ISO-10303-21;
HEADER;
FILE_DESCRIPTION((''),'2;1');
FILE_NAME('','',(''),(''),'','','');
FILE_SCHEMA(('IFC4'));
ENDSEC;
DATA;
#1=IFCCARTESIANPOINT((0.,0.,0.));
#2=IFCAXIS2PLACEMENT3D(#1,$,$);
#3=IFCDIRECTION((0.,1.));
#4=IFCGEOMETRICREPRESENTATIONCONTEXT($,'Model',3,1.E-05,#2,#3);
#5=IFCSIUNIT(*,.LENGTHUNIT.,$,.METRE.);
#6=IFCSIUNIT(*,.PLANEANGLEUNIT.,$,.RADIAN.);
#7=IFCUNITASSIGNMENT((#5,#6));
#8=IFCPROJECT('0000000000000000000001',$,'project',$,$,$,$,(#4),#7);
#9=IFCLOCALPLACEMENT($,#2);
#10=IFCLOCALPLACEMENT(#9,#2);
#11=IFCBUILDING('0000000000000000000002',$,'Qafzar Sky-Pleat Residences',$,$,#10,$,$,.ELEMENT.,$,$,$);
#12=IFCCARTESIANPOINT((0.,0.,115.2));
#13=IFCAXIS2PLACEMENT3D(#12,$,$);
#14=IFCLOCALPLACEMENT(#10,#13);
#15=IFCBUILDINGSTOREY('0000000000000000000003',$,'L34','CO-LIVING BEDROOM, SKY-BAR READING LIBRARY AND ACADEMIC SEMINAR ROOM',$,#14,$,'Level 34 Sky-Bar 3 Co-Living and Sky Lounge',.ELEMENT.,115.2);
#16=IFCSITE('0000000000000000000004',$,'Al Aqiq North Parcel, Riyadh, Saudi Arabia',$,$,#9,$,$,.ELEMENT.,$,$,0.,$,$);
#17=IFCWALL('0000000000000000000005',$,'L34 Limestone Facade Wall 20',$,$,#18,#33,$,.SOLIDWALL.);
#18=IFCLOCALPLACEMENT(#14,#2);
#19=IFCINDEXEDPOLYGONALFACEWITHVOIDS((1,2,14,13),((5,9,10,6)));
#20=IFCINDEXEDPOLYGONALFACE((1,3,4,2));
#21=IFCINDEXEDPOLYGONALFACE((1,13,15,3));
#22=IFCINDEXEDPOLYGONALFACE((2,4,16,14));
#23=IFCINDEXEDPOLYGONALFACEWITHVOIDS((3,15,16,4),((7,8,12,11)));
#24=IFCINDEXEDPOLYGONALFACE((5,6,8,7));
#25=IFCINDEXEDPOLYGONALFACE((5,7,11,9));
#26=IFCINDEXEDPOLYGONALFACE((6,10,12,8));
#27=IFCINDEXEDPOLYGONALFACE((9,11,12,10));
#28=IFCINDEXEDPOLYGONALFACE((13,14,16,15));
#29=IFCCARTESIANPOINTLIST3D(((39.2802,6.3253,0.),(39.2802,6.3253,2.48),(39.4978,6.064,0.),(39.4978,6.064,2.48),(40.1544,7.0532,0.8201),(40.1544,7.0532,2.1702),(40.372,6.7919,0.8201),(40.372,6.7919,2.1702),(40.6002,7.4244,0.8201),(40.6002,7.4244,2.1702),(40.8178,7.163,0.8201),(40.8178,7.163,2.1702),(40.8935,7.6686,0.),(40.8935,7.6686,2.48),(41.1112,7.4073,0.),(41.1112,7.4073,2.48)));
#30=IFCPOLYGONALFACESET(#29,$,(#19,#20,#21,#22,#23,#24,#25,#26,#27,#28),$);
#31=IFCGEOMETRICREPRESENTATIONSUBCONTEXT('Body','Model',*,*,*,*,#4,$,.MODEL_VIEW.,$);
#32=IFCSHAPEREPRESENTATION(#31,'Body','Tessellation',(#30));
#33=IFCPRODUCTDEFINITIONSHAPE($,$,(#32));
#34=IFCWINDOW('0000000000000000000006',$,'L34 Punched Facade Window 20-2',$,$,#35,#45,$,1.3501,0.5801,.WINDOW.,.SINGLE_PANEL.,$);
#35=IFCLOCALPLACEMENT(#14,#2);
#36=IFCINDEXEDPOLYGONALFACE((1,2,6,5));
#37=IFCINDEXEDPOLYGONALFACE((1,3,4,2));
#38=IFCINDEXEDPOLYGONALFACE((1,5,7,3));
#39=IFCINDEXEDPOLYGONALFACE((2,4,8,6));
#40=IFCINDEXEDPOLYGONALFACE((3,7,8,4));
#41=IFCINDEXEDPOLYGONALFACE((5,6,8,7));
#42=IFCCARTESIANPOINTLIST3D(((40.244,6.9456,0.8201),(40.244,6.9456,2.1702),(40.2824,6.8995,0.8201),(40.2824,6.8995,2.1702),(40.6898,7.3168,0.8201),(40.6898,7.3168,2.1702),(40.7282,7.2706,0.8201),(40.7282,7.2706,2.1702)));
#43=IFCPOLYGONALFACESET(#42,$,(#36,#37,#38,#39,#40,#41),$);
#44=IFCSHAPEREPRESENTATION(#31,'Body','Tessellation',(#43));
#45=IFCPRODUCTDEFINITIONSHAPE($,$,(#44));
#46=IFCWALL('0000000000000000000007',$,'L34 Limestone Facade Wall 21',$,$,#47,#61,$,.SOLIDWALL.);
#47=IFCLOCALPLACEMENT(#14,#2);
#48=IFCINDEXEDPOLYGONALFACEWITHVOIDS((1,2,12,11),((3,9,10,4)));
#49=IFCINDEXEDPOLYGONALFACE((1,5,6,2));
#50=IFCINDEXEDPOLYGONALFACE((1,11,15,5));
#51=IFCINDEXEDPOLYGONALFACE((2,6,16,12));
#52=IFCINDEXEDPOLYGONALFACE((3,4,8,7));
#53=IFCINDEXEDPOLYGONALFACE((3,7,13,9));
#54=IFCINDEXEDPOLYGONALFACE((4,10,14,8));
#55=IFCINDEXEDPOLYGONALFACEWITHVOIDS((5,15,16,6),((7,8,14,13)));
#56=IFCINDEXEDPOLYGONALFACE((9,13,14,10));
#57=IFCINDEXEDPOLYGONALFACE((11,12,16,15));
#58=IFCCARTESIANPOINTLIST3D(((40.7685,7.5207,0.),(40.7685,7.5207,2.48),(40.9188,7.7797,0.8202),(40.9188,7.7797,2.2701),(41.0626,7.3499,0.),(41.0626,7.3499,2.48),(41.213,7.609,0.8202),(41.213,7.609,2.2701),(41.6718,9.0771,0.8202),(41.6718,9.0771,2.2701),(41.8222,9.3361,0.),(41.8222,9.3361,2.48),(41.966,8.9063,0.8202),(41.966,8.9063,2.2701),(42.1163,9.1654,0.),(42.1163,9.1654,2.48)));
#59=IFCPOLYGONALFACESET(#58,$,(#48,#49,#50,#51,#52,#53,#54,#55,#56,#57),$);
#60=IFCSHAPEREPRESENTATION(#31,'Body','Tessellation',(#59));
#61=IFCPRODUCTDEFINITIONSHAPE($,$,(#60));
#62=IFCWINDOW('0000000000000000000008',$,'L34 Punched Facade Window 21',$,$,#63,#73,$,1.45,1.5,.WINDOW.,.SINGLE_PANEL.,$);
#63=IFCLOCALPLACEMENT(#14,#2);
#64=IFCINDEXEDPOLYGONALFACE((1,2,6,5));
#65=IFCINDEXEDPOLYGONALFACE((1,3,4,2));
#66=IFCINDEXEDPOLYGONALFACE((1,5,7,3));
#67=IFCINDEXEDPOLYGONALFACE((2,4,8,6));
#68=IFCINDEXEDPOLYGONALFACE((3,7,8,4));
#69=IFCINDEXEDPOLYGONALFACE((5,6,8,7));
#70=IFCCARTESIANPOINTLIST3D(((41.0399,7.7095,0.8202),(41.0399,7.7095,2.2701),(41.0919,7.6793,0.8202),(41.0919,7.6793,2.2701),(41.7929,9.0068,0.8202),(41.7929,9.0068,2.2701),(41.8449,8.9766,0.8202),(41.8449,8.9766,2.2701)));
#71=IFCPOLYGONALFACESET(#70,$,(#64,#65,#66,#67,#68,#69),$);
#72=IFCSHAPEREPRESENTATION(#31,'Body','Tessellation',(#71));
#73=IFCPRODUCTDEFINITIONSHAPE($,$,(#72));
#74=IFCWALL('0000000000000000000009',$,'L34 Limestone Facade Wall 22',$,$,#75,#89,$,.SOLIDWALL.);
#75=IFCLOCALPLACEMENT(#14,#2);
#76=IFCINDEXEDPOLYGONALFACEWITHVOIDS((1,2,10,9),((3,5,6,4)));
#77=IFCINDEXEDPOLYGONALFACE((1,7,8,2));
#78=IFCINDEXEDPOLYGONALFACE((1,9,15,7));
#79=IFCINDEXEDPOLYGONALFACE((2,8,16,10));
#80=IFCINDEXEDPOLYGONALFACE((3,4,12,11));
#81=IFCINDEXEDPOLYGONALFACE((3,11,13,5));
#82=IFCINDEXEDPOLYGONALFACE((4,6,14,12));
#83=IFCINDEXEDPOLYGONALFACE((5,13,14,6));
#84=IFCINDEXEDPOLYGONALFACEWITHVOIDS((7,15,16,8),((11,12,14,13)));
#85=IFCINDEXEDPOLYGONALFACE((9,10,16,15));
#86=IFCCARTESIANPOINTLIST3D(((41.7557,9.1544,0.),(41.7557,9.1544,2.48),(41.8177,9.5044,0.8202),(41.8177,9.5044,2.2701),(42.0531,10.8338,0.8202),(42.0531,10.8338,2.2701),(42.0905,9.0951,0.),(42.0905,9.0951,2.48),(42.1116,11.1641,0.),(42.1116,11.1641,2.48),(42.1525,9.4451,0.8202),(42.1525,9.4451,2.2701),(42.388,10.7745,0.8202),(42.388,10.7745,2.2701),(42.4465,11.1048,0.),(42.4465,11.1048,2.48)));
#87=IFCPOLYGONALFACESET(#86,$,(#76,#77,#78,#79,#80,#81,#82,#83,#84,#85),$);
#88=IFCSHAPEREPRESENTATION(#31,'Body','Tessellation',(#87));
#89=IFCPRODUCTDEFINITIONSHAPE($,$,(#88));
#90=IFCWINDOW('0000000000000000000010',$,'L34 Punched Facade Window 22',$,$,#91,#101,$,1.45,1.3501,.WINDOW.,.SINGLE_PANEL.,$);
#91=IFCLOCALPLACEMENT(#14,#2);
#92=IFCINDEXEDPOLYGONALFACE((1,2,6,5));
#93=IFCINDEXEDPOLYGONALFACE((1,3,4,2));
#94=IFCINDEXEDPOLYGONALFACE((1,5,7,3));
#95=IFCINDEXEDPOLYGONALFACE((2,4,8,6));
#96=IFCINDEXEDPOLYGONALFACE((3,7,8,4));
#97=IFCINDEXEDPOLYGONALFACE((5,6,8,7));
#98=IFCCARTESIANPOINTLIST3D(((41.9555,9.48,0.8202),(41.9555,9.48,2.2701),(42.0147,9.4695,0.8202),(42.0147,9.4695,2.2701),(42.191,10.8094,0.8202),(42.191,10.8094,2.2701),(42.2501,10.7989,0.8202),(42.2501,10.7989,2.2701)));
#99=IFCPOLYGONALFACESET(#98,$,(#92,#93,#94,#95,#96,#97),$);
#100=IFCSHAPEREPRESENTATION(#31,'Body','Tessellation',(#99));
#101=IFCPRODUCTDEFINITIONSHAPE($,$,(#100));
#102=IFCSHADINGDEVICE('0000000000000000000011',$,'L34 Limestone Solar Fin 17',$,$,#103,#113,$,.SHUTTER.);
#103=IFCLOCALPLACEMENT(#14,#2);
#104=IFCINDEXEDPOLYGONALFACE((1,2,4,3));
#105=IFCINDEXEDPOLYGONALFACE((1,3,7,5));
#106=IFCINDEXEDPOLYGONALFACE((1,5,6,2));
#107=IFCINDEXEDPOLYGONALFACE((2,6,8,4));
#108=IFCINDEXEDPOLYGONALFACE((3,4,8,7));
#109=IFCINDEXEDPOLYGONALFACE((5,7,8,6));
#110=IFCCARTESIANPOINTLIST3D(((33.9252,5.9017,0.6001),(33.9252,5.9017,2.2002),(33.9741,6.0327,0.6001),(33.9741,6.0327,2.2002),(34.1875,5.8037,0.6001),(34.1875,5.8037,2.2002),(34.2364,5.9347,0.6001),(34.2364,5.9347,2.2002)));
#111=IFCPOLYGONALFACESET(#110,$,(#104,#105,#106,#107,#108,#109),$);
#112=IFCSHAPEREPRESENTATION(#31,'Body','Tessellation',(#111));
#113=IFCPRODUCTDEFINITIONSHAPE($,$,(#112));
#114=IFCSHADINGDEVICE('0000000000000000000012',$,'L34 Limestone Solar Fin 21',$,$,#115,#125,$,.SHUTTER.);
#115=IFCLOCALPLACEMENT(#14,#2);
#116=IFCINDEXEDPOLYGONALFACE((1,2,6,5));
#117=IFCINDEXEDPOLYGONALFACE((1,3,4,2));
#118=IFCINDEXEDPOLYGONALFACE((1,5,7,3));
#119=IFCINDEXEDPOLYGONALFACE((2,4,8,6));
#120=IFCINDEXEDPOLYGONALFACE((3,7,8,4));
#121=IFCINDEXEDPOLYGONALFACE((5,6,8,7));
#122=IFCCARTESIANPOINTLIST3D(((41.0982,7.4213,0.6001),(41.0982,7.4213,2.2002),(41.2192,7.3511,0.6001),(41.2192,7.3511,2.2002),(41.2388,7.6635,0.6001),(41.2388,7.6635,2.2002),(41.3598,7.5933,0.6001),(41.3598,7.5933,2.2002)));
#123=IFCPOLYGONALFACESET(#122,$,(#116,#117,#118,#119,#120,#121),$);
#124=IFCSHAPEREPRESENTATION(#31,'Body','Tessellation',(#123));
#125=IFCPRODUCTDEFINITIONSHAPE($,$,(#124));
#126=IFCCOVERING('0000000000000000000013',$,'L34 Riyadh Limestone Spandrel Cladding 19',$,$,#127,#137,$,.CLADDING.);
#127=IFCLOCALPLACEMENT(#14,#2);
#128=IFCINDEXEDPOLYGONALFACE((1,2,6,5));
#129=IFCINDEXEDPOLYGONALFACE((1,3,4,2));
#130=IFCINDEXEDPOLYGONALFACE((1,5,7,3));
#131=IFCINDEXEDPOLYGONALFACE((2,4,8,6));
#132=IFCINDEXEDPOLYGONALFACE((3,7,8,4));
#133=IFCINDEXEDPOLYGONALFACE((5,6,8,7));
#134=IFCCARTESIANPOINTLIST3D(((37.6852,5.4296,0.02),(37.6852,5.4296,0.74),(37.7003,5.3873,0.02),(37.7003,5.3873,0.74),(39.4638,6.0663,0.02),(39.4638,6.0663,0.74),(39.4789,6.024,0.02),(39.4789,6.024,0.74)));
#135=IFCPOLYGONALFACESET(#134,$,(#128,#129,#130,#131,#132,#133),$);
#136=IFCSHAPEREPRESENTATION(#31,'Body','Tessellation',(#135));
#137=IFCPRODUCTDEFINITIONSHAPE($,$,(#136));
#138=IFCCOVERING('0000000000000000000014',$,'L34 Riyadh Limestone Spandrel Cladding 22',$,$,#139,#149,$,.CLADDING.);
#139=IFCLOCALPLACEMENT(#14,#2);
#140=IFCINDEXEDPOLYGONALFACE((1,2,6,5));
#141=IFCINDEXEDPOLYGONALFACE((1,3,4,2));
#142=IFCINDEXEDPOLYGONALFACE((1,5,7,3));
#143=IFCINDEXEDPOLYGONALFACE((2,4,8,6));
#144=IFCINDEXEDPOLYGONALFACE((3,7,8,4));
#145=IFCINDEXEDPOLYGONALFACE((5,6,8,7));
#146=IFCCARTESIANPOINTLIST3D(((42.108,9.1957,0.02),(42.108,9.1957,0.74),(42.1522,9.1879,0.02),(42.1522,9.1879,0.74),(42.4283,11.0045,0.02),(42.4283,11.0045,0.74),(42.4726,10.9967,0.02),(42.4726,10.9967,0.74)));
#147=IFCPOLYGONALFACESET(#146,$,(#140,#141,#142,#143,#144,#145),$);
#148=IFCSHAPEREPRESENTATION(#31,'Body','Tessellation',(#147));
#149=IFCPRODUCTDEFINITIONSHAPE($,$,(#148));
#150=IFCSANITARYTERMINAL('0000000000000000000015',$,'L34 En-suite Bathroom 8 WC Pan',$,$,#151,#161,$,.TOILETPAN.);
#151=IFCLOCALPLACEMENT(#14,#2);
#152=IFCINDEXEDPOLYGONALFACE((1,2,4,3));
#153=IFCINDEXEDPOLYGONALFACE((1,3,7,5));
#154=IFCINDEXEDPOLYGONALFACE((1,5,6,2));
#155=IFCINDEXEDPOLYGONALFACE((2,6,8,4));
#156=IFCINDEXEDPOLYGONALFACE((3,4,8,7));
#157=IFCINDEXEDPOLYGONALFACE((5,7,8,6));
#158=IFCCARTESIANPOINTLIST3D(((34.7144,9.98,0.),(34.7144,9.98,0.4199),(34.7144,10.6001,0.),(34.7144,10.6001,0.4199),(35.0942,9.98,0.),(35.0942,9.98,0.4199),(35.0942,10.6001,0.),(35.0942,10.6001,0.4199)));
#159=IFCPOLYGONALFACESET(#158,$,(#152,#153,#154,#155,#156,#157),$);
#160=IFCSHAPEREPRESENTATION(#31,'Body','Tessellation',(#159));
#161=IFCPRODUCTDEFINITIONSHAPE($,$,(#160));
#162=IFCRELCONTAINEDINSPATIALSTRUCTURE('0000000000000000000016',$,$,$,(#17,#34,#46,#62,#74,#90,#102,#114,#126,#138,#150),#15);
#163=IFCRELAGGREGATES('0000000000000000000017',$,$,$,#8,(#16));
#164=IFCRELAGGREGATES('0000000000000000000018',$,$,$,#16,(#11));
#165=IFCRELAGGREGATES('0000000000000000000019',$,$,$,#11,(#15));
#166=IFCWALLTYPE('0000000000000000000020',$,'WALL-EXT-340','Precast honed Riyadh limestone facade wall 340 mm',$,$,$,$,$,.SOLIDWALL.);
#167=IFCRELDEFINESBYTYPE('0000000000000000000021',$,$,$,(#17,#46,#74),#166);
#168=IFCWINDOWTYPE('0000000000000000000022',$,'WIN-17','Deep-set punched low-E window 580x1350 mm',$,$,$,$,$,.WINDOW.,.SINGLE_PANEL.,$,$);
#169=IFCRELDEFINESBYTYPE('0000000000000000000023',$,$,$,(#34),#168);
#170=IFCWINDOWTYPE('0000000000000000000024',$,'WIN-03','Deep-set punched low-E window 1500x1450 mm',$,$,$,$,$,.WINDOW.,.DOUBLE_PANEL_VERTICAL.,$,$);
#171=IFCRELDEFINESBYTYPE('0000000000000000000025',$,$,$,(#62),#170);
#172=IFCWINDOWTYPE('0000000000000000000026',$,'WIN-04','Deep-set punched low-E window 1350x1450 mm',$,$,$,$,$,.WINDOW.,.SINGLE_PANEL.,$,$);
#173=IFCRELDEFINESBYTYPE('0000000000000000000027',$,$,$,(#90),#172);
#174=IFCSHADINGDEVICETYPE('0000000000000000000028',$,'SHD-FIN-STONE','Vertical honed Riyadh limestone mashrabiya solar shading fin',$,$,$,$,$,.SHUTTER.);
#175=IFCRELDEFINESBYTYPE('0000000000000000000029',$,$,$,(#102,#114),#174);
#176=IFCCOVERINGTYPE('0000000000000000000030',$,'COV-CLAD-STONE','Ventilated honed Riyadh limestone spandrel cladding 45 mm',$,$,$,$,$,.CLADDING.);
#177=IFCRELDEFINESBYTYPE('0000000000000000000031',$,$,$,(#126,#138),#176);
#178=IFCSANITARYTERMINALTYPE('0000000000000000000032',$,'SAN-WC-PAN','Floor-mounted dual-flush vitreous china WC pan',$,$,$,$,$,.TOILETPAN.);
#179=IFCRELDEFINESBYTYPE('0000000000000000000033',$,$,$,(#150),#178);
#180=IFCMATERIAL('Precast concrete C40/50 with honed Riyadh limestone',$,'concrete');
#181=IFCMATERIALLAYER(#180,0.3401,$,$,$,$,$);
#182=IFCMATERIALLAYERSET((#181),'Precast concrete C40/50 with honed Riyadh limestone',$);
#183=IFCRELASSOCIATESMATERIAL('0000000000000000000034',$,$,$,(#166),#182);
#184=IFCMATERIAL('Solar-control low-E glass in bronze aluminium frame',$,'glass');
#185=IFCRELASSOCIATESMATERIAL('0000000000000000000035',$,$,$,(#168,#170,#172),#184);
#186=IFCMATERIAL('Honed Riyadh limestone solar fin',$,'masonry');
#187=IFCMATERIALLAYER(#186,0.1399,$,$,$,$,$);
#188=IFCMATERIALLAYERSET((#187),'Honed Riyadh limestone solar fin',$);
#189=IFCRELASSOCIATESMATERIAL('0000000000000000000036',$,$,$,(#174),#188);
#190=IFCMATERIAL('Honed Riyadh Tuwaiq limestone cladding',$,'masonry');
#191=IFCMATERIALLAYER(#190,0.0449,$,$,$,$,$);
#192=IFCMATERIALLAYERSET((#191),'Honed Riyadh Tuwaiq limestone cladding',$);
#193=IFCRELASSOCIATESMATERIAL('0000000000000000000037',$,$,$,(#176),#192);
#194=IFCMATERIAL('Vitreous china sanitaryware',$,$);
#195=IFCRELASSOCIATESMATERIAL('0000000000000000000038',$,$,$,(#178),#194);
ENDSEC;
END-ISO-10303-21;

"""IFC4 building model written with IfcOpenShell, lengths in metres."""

from ifc_helpers import new_model, si_unit, direction, frame, frame_2d, origin, origin_2d, place, context, subcontext, project, spatial, rectangle, extrude, source, transform, mapped, material, layer, layer_set, type_object, element, fill, save


model = new_model("IFC4")

# Units and contexts
model_context = context("Model", 3, precision=1e-05, world=origin(), true_north=direction((0.0, 1.0)))
body_context = subcontext(model_context, "Body", "Model", "MODEL_VIEW")
ifc_project = project(units=[si_unit("LENGTHUNIT", "METRE"), si_unit("PLANEANGLEUNIT", "RADIAN")], contexts=[model_context])

# Site, building, storey
site_placement = place(None, origin())
site = spatial("IfcSite", under=ifc_project, at=site_placement, Name="Al Aqiq North Parcel, Riyadh, Saudi Arabia", CompositionType="ELEMENT", RefElevation=0.0)
building_placement = place(site_placement, origin())
building = spatial("IfcBuilding", under=site, at=building_placement, Name="Qafzar Sky-Pleat Residences", CompositionType="ELEMENT")
storey_placement = place(building_placement, frame((0.0, 0.0, 115.2)))
storey = spatial("IfcBuildingStorey", under=building, at=storey_placement, Name="L34", Description="CO-LIVING BEDROOM, SKY-BAR READING LIBRARY AND ACADEMIC SEMINAR ROOM", LongName="Level 34 Sky-Bar 3 Co-Living and Sky Lounge", CompositionType="ELEMENT", Elevation=115.2)

# Walls, openings, windows
ifc_material_1 = material(Name="Precast concrete C40/50 with honed Riyadh limestone", Category="concrete")
ifc_layer_1 = layer(ifc_material_1, 0.3401)
ifc_layer_set_1 = layer_set([ifc_layer_1], Name="Precast concrete C40/50 with honed Riyadh limestone")
wall_type_1 = type_object("IfcWallType", Name="WALL-EXT-340", Description="Precast honed Riyadh limestone facade wall 340 mm", PredefinedType="SOLIDWALL", material=ifc_layer_set_1)
ifc_material_2 = material(Name="Solar-control low-E glass in bronze aluminium frame", Category="glass")
wall_1_placement = place(storey_placement, frame((39.3889, 6.1946, 0.0), z_axis=(0.0, 0.0, 1.0), x_axis=(0.768488, 0.639864, 0.0)))
wall_1 = element("IfcWall", 1, at=wall_1_placement, inside=storey, type_object=wall_type_1, Name="L34 Limestone Facade Wall 20", PredefinedType="SOLIDWALL", context=body_context, shape_type="SweptSolid", body=[
    extrude(rectangle(XDim=2.0994, YDim=0.3401, at=frame_2d((1.0498, 0.0))), origin(), (0.0, 0.0, 1.0), 2.48),
])
opening_1_placement = place(wall_1_placement, frame((1.1377, 0.0, 0.8201)))
opening_1 = element("IfcOpeningElement", 2, at=opening_1_placement, cuts=wall_1, PredefinedType="OPENING", context=body_context, shape_type="SweptSolid", body=[
    extrude(rectangle(XDim=0.5801, YDim=1.3501, at=frame_2d((0.29, 0.675))), frame((0.0, 0.1802, 0.0), z_axis=(0.0, -1.0, 0.0), x_axis=(1.0, 0.0, 0.0)), (0.0, 0.0, 1.0), 0.3601),
])
window_type_1 = type_object("IfcWindowType", Name="WIN-17", Description="Deep-set punched low-E window 580x1350 mm", PartitioningType="SINGLE_PANEL", PredefinedType="WINDOW", material=ifc_material_2)
shared_shape_1 = source(origin(), body_context, "Body", "SweptSolid", [
    extrude(rectangle(XDim=0.5801, YDim=1.3501, at=frame_2d((0.29, 0.675))), frame((0.0, 0.03, 0.0), z_axis=(0.0, -1.0, 0.0), x_axis=(1.0, 0.0, 0.0)), (0.0, 0.0, 1.0), 0.0601),
])
window_1_placement = place(opening_1_placement, origin())
window_1 = element("IfcWindow", 3, at=window_1_placement, inside=storey, type_object=window_type_1, Name="L34 Punched Facade Window 20-2", OverallHeight=1.3501, OverallWidth=0.5801, PartitioningType="SINGLE_PANEL", PredefinedType="WINDOW", context=body_context, shape_type="MappedRepresentation", body=[
    mapped(shared_shape_1, transform((0.0, 0.0, 0.0), x_axis=(1.0, 0.0, 0.0), y_axis=(0.0, 1.0, 0.0), z_axis=(0.0, 0.0, 1.0), scale=1.0)),
])
fill(opening_1, window_1)
wall_2_placement = place(storey_placement, frame((40.9155, 7.4353, 0.0), z_axis=(0.0, 0.0, 1.0), x_axis=(0.50199, 0.864874, 0.0)))
wall_2 = element("IfcWall", 4, at=wall_2_placement, inside=storey, type_object=wall_type_1, Name="L34 Limestone Facade Wall 21", PredefinedType="SOLIDWALL", context=body_context, shape_type="SweptSolid", body=[
    extrude(rectangle(XDim=2.0991, YDim=0.3401, at=frame_2d((1.0496, 0.0))), origin(), (0.0, 0.0, 1.0), 2.48),
])
opening_2_placement = place(wall_2_placement, frame((0.2996, 0.0, 0.8201)))
opening_2 = element("IfcOpeningElement", 5, at=opening_2_placement, cuts=wall_2, PredefinedType="OPENING", context=body_context, shape_type="SweptSolid", body=[
    extrude(rectangle(XDim=1.5, YDim=1.45, at=frame_2d((0.75, 0.7251))), frame((0.0, 0.1802, 0.0), z_axis=(0.0, -1.0, 0.0), x_axis=(1.0, 0.0, 0.0)), (0.0, 0.0, 1.0), 0.3601),
])
window_type_2 = type_object("IfcWindowType", Name="WIN-03", Description="Deep-set punched low-E window 1500x1450 mm", PartitioningType="DOUBLE_PANEL_VERTICAL", PredefinedType="WINDOW", material=ifc_material_2)
shared_shape_2 = source(origin(), body_context, "Body", "SweptSolid", [
    extrude(rectangle(XDim=1.5, YDim=1.45, at=frame_2d((0.75, 0.7251))), frame((0.0, 0.03, 0.0), z_axis=(0.0, -1.0, 0.0), x_axis=(1.0, 0.0, 0.0)), (0.0, 0.0, 1.0), 0.0601),
])
window_2_placement = place(opening_2_placement, origin())
window_2 = element("IfcWindow", 6, at=window_2_placement, inside=storey, type_object=window_type_2, Name="L34 Punched Facade Window 21", OverallHeight=1.45, OverallWidth=1.5, PartitioningType="SINGLE_PANEL", PredefinedType="WINDOW", context=body_context, shape_type="MappedRepresentation", body=[
    mapped(shared_shape_2, transform((0.0, 0.0, 0.0), x_axis=(1.0, 0.0, 0.0), y_axis=(0.0, 1.0, 0.0), z_axis=(0.0, 0.0, 1.0), scale=1.0)),
])
fill(opening_2, window_2)
wall_3_placement = place(storey_placement, frame((41.9231, 9.1248, 0.0), z_axis=(0.0, 0.0, 1.0), x_axis=(0.174399, 0.984675, 0.0)))
wall_3 = element("IfcWall", 7, at=wall_3_placement, inside=storey, type_object=wall_type_1, Name="L34 Limestone Facade Wall 22", PredefinedType="SOLIDWALL", context=body_context, shape_type="SweptSolid", body=[
    extrude(rectangle(XDim=2.041, YDim=0.3401, at=frame_2d((1.0205, 0.0))), origin(), (0.0, 0.0, 1.0), 2.48),
])
opening_3_placement = place(wall_3_placement, frame((0.3555, 0.0, 0.8201)))
opening_3 = element("IfcOpeningElement", 8, at=opening_3_placement, cuts=wall_3, PredefinedType="OPENING", context=body_context, shape_type="SweptSolid", body=[
    extrude(rectangle(XDim=1.3501, YDim=1.45, at=frame_2d((0.675, 0.7251))), frame((0.0, 0.1802, 0.0), z_axis=(0.0, -1.0, 0.0), x_axis=(1.0, 0.0, 0.0)), (0.0, 0.0, 1.0), 0.3601),
])
window_type_3 = type_object("IfcWindowType", Name="WIN-04", Description="Deep-set punched low-E window 1350x1450 mm", PartitioningType="SINGLE_PANEL", PredefinedType="WINDOW", material=ifc_material_2)
shared_shape_3 = source(origin(), body_context, "Body", "SweptSolid", [
    extrude(rectangle(XDim=1.3501, YDim=1.45, at=frame_2d((0.675, 0.7251))), frame((0.0, 0.03, 0.0), z_axis=(0.0, -1.0, 0.0), x_axis=(1.0, 0.0, 0.0)), (0.0, 0.0, 1.0), 0.0601),
])
window_3_placement = place(opening_3_placement, origin())
window_3 = element("IfcWindow", 9, at=window_3_placement, inside=storey, type_object=window_type_3, Name="L34 Punched Facade Window 22", OverallHeight=1.45, OverallWidth=1.3501, PartitioningType="SINGLE_PANEL", PredefinedType="WINDOW", context=body_context, shape_type="MappedRepresentation", body=[
    mapped(shared_shape_3, transform((0.0, 0.0, 0.0), x_axis=(1.0, 0.0, 0.0), y_axis=(0.0, 1.0, 0.0), z_axis=(0.0, 0.0, 1.0), scale=1.0)),
])
fill(opening_3, window_3)

# Shading devices
ifc_material_3 = material(Name="Honed Riyadh limestone solar fin", Category="masonry")
ifc_layer_2 = layer(ifc_material_3, 0.1399)
ifc_layer_set_2 = layer_set([ifc_layer_2], Name="Honed Riyadh limestone solar fin")
shading_device_type = type_object("IfcShadingDeviceType", Name="SHD-FIN-STONE", Description="Vertical honed Riyadh limestone mashrabiya solar shading fin", PredefinedType="SHUTTER", material=ifc_layer_set_2)
shared_shape_4 = source(origin(), body_context, "Body", "SweptSolid", [
    extrude(rectangle(XDim=0.1399, YDim=0.28, at=origin_2d()), origin(), (0.0, 0.0, 1.0), 1.6001),
])
for number, where, z_axis, x_axis, name in (
    (10, (34.0808, 5.9182, 0.6001), (0.0, 0.0, 1.0), (-0.349883, -0.936794, 0.0), "L34 Limestone Solar Fin 17"),
    (11, (41.229, 7.5073, 0.6001), (0.0, 0.0, 1.0), (0.864874, -0.501989, 0.0), "L34 Limestone Solar Fin 21"),
):
    element("IfcShadingDevice", number, at=place(storey_placement, frame(where, z_axis=z_axis, x_axis=x_axis)), inside=storey, type_object=shading_device_type, Name=name, PredefinedType="SHUTTER", context=body_context, shape_type="MappedRepresentation", body=[
        mapped(shared_shape_4, transform((0.0, 0.0, 0.0), x_axis=(1.0, 0.0, 0.0), y_axis=(0.0, 1.0, 0.0), z_axis=(0.0, 0.0, 1.0), scale=1.0)),
    ])

# Coverings
ifc_material_4 = material(Name="Honed Riyadh Tuwaiq limestone cladding", Category="masonry")
ifc_layer_3 = layer(ifc_material_4, 0.0449)
ifc_layer_set_3 = layer_set([ifc_layer_3], Name="Honed Riyadh Tuwaiq limestone cladding")
covering_type = type_object("IfcCoveringType", Name="COV-CLAD-STONE", Description="Ventilated honed Riyadh limestone spandrel cladding 45 mm", PredefinedType="CLADDING", material=ifc_layer_set_3)
shared_shape_5 = source(origin(), body_context, "Body", "SweptSolid", [
    extrude(rectangle(XDim=1.8892, YDim=0.0449, at=origin_2d()), origin(), (0.0, 0.0, 1.0), 0.72),
])
covering_1_placement = place(storey_placement, frame((38.582, 5.7268, 0.02), z_axis=(0.0, 0.0, 1.0), x_axis=(0.941483, 0.337061, 0.0)))
element("IfcCovering", 12, at=covering_1_placement, inside=storey, type_object=covering_type, Name="L34 Riyadh Limestone Spandrel Cladding 19", PredefinedType="CLADDING", context=body_context, shape_type="MappedRepresentation", body=[
    mapped(shared_shape_5, transform((0.0, 0.0, 0.0), x_axis=(1.0, 0.0, 0.0), y_axis=(0.0, 1.0, 0.0), z_axis=(0.0, 0.0, 1.0), scale=1.0)),
])
shared_shape_6 = source(origin(), body_context, "Body", "SweptSolid", [
    extrude(rectangle(XDim=1.8369, YDim=0.0449, at=origin_2d()), origin(), (0.0, 0.0, 1.0), 0.72),
])
covering_2_placement = place(storey_placement, frame((42.2903, 10.0962, 0.02), z_axis=(0.0, 0.0, 1.0), x_axis=(0.174369, 0.98468, 0.0)))
element("IfcCovering", 13, at=covering_2_placement, inside=storey, type_object=covering_type, Name="L34 Riyadh Limestone Spandrel Cladding 22", PredefinedType="CLADDING", context=body_context, shape_type="MappedRepresentation", body=[
    mapped(shared_shape_6, transform((0.0, 0.0, 0.0), x_axis=(1.0, 0.0, 0.0), y_axis=(0.0, 1.0, 0.0), z_axis=(0.0, 0.0, 1.0), scale=1.0)),
])

# Sanitary terminal
ifc_material_5 = material(Name="Vitreous china sanitaryware")
sanitary_terminal_type_1 = type_object("IfcSanitaryTerminalType", Name="SAN-WC-PAN", Description="Floor-mounted dual-flush vitreous china WC pan", PredefinedType="TOILETPAN", material=ifc_material_5)
shared_shape_7 = source(origin(), body_context, "Body", "SweptSolid", [
    extrude(rectangle(XDim=0.3799, YDim=0.6201, at=origin_2d()), origin(), (0.0, 0.0, 1.0), 0.4199),
])
sanitary_terminal_1_placement = place(storey_placement, frame((34.9043, 10.29, 0.0), z_axis=(0.0, 0.0, 1.0), x_axis=(1.0, 0.0, 0.0)))
element("IfcSanitaryTerminal", 14, at=sanitary_terminal_1_placement, inside=storey, type_object=sanitary_terminal_type_1, Name="L34 En-suite Bathroom 8 WC Pan", PredefinedType="TOILETPAN", context=body_context, shape_type="MappedRepresentation", body=[
    mapped(shared_shape_7, transform((0.0, 0.0, 0.0), x_axis=(1.0, 0.0, 0.0), y_axis=(0.0, 1.0, 0.0), z_axis=(0.0, 0.0, 1.0), scale=1.0)),
])

save(model, "model.ifc")
